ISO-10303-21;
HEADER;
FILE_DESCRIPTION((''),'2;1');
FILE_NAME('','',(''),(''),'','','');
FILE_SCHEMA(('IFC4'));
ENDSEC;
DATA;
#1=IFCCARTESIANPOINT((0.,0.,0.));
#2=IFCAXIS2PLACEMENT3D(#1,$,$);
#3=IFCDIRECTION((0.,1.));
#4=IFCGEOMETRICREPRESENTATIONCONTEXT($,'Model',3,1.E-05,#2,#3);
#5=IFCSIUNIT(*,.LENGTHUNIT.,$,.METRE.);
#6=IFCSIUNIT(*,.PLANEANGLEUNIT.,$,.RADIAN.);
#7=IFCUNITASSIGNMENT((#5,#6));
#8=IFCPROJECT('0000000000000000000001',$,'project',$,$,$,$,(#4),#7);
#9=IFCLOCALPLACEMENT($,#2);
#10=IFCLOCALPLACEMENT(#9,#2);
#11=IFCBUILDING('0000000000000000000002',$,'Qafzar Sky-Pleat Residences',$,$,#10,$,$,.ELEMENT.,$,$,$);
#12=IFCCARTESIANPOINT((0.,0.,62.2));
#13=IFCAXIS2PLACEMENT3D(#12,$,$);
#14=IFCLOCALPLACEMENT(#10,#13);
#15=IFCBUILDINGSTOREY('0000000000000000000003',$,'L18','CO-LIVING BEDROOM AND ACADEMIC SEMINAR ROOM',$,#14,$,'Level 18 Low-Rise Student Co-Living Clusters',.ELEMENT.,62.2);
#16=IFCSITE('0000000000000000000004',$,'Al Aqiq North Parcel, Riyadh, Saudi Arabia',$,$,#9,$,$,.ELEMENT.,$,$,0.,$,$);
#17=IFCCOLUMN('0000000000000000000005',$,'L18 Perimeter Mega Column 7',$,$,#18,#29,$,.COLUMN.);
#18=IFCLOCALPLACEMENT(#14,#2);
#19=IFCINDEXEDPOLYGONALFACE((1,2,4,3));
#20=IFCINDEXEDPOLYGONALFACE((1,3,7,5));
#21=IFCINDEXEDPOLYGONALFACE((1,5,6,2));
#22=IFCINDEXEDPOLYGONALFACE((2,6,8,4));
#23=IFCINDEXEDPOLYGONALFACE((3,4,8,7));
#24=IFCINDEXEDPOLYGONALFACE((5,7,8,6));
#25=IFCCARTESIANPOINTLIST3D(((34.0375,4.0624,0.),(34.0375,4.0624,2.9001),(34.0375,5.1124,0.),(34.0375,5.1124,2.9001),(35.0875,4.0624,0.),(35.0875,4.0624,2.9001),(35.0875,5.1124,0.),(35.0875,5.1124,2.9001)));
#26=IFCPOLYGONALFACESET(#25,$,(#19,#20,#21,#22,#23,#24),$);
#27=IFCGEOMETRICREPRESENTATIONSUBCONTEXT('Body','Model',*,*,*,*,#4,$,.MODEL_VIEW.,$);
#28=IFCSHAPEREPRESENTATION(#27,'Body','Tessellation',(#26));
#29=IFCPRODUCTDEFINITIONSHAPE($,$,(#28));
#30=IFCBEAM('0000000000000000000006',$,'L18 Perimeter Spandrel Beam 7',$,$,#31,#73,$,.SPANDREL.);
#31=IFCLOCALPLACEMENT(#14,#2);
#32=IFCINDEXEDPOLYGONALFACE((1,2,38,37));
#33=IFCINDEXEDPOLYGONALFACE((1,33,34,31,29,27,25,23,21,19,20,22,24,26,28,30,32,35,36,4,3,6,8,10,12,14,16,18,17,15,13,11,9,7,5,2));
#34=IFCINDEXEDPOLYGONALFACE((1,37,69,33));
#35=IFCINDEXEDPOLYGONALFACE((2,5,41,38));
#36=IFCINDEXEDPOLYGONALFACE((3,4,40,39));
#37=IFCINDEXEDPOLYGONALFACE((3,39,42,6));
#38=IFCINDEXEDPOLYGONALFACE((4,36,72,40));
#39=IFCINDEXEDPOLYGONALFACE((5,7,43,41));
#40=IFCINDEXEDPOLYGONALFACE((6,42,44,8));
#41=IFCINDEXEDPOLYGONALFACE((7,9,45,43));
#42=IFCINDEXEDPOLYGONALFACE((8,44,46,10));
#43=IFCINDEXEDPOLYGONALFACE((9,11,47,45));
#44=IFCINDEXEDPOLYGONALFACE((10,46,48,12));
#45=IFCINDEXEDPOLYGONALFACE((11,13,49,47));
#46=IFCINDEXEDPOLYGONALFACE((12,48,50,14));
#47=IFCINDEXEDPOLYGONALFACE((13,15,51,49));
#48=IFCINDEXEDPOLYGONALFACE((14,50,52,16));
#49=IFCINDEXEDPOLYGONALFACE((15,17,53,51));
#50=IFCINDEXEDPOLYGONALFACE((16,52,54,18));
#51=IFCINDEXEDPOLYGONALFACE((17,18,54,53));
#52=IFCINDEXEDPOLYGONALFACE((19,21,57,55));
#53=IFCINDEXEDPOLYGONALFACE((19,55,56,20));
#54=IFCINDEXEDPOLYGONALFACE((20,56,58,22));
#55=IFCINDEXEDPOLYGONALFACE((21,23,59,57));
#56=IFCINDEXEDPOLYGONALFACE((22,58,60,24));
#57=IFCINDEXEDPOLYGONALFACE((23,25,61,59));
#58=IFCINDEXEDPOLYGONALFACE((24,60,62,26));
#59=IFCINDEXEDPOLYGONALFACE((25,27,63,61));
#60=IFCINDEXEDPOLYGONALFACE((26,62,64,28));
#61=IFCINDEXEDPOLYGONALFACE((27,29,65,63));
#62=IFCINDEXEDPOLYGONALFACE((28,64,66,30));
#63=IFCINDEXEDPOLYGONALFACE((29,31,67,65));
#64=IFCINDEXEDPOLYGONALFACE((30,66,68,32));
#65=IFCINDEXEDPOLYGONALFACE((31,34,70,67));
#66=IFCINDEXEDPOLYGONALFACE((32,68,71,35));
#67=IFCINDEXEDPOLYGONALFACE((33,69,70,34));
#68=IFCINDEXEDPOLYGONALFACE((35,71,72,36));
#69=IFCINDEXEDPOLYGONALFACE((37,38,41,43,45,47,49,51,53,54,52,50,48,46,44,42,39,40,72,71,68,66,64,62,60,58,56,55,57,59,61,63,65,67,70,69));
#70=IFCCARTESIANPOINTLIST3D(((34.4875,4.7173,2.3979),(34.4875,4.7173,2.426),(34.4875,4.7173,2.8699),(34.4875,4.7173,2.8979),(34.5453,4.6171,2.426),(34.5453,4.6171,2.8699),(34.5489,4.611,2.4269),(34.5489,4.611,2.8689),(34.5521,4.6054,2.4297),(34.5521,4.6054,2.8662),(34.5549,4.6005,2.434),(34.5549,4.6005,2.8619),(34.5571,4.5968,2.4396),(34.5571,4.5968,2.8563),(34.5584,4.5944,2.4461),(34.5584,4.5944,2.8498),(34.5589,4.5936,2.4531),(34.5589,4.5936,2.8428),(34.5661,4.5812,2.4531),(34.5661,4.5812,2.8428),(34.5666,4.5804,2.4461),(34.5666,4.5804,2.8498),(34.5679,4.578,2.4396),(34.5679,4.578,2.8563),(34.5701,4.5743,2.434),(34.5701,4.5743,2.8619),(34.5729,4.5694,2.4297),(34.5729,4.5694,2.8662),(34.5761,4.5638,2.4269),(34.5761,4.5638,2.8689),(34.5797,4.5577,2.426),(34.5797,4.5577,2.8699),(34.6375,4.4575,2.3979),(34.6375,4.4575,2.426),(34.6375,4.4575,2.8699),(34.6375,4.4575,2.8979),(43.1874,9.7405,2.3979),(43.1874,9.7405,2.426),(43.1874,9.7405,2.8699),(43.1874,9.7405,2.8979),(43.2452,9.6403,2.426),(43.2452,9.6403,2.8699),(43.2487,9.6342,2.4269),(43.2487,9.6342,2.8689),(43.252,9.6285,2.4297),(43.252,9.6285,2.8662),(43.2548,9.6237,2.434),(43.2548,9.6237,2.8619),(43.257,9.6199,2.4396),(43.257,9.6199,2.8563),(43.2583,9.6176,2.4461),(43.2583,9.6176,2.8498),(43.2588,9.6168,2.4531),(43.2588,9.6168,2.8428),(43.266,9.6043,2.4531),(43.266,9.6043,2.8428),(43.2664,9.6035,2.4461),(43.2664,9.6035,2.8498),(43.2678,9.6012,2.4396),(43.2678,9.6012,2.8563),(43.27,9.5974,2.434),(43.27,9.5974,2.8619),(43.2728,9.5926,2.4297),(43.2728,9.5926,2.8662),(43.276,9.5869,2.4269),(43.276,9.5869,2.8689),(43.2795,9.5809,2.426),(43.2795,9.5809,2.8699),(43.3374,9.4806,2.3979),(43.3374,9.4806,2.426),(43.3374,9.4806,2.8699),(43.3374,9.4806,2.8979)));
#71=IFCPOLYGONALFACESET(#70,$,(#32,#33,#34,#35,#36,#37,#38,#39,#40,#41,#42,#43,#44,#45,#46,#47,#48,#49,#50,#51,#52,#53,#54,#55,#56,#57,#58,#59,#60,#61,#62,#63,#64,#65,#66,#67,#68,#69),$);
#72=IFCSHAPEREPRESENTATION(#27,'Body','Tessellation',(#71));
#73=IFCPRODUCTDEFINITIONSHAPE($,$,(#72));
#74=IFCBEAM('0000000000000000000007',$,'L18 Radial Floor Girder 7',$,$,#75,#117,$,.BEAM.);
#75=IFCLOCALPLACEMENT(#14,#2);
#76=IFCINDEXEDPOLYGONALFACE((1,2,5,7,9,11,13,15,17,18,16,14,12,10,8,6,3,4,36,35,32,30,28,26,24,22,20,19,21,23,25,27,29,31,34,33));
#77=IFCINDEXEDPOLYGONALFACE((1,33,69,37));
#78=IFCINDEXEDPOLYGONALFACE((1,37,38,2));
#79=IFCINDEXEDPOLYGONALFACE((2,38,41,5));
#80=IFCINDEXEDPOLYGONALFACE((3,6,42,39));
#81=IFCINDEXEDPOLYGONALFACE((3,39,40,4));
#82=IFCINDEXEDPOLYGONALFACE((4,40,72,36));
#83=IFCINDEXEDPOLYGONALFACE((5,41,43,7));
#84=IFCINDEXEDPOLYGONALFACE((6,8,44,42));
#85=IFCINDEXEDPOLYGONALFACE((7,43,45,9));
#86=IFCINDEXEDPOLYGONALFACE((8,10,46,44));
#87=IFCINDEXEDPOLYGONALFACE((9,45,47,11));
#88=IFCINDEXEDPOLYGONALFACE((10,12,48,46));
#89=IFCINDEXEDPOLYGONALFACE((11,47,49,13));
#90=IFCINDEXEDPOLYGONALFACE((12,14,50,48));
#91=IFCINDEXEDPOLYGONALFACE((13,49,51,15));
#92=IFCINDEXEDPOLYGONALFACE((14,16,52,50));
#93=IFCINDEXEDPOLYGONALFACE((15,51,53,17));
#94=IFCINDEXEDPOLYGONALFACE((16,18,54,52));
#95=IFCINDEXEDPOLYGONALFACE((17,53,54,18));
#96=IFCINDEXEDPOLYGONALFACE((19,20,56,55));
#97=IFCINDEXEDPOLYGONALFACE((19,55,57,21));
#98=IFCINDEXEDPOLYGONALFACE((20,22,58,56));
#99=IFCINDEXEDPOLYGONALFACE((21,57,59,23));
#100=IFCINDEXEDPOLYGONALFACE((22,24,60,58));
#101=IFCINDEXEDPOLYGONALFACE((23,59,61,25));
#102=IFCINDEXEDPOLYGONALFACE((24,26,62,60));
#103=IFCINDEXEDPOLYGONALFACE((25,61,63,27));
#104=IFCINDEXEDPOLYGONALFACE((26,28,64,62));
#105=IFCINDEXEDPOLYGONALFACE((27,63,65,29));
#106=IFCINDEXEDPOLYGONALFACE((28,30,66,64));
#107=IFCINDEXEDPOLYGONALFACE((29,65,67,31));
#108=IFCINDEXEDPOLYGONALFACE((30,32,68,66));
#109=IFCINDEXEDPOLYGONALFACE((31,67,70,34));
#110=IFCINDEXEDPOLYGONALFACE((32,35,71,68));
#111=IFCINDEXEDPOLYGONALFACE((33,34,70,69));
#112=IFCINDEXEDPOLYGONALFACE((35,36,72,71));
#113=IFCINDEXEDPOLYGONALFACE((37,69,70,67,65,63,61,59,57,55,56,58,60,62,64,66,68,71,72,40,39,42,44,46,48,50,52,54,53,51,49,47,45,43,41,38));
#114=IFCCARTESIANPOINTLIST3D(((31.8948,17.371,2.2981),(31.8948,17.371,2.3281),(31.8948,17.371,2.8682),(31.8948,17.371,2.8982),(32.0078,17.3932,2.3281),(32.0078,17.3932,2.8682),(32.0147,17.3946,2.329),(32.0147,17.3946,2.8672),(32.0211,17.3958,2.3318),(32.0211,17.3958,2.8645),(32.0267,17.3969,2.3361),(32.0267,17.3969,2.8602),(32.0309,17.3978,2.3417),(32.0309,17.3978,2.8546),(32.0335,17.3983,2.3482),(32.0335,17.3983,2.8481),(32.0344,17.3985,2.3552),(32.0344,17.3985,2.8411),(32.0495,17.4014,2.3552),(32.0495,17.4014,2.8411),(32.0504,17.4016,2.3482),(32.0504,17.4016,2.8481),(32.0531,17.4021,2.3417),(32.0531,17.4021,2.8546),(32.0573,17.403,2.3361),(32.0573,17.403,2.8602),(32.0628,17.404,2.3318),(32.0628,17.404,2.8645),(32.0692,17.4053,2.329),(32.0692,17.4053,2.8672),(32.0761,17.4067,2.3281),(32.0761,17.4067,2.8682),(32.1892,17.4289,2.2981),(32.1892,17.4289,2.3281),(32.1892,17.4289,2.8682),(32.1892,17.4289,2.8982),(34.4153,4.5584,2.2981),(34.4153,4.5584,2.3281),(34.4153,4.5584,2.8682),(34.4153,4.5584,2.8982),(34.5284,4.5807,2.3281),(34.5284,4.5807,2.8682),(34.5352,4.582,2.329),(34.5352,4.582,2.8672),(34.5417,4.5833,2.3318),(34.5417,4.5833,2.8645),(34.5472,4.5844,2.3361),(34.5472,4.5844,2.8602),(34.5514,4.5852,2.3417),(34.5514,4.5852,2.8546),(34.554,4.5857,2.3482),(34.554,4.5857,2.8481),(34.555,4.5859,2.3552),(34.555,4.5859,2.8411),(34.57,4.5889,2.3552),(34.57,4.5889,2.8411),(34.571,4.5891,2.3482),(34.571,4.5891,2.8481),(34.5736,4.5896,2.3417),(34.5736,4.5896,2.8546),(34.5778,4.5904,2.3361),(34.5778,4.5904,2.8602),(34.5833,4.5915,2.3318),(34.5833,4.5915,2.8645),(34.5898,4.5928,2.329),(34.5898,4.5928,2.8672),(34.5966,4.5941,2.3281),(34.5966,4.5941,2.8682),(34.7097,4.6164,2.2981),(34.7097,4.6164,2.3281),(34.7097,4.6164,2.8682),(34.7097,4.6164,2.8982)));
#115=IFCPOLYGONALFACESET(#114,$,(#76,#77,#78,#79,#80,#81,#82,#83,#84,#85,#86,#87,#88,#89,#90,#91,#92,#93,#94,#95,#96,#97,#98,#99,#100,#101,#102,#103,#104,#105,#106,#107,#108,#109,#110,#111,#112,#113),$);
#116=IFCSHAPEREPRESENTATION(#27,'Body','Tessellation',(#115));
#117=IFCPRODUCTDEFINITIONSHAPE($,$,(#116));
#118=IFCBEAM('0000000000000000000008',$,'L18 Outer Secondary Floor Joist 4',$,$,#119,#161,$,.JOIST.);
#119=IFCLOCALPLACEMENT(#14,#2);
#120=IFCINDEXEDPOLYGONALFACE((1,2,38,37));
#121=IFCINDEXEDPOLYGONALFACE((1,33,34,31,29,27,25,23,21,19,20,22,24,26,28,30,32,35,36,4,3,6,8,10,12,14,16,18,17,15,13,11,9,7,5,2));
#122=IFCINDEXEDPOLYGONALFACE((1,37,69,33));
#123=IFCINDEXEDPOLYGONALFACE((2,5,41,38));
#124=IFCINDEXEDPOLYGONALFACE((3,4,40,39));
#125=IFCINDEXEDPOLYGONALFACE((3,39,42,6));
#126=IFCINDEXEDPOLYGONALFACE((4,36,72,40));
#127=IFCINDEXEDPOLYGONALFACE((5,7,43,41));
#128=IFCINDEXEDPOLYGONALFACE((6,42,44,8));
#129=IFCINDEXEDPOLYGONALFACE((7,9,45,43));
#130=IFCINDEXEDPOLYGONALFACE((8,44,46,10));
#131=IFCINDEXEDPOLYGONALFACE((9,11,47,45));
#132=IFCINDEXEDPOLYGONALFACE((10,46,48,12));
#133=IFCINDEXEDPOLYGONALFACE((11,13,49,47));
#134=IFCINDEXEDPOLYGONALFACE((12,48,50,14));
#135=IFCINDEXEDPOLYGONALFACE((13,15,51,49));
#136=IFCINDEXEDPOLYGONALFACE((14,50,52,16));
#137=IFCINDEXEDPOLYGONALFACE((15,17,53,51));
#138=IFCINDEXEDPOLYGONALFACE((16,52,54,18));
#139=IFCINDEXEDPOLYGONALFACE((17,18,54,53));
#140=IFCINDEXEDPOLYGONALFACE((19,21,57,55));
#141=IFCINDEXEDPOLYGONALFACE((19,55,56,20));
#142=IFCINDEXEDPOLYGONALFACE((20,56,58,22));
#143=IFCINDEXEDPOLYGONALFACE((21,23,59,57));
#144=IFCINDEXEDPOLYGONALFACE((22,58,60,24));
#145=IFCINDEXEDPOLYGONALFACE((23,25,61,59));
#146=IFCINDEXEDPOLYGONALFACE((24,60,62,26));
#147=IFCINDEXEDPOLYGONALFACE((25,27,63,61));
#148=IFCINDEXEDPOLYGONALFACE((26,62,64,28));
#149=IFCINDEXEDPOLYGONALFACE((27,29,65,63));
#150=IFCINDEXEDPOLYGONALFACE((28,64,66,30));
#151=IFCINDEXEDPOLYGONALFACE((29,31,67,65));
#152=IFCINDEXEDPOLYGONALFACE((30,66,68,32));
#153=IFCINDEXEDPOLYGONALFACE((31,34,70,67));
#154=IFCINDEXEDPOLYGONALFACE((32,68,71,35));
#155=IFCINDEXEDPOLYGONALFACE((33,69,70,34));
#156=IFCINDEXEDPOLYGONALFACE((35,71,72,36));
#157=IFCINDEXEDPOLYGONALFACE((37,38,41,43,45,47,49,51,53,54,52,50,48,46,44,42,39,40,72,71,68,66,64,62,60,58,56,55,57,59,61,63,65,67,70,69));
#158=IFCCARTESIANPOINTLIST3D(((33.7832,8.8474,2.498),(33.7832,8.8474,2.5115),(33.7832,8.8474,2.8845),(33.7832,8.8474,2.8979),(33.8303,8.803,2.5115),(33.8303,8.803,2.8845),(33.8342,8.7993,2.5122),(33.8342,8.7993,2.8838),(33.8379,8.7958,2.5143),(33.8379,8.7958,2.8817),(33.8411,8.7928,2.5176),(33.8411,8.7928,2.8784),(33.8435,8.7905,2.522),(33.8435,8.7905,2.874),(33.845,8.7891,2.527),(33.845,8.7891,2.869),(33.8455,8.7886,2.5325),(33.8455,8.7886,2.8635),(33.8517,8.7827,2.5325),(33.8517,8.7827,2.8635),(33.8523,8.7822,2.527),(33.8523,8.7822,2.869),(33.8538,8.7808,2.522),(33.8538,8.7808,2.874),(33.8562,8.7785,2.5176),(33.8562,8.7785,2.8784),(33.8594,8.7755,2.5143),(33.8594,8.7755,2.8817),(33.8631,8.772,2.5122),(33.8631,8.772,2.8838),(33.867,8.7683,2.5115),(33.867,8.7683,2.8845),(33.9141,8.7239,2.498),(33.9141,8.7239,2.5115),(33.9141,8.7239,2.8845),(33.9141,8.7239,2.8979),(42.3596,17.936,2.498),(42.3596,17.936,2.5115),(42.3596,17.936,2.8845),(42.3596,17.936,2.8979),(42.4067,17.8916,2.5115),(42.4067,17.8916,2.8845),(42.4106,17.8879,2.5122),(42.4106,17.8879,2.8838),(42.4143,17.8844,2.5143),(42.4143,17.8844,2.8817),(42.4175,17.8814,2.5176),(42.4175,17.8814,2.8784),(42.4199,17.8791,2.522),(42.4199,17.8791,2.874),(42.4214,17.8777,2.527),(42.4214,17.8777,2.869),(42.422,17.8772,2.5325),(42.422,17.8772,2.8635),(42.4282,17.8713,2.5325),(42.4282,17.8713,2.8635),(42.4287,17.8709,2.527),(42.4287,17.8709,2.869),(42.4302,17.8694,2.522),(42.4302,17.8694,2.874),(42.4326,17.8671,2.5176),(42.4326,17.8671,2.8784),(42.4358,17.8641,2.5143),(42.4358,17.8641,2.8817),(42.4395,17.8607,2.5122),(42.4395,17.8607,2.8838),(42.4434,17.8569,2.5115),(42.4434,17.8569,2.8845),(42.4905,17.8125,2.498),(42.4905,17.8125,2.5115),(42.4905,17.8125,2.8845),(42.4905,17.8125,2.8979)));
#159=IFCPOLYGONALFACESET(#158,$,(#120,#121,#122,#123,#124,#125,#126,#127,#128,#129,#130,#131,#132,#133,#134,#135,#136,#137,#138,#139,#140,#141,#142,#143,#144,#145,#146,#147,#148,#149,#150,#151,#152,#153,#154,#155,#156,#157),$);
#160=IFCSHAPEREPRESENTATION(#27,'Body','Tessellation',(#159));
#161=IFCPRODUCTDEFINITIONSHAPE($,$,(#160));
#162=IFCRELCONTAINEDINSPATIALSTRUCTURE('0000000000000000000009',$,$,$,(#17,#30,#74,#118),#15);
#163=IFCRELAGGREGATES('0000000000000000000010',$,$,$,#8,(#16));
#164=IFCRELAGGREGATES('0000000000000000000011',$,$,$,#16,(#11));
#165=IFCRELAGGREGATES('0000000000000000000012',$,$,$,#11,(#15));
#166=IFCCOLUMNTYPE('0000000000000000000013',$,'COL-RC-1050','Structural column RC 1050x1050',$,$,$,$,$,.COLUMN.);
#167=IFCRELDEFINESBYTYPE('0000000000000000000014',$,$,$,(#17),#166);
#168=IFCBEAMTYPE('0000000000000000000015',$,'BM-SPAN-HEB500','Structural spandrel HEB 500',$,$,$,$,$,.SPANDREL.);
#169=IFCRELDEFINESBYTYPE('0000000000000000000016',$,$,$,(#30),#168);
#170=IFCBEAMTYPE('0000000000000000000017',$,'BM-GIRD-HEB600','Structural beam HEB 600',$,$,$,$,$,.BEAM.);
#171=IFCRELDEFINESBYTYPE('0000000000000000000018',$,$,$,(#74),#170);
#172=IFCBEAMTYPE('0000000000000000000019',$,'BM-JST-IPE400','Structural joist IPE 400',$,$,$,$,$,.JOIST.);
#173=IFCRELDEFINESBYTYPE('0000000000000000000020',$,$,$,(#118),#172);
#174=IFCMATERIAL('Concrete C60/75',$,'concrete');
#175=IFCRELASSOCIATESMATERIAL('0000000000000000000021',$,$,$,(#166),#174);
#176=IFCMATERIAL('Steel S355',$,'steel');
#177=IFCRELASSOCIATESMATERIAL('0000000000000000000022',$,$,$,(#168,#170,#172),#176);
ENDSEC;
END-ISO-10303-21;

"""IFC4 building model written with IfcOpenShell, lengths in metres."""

from ifc_helpers import new_model, si_unit, direction, frame, origin, origin_2d, place, context, subcontext, project, spatial, rectangle, i_section, extrude, source, transform, mapped, material, material_profile, profile_set, type_object, element, save


model = new_model("IFC4")

# Units and contexts
model_context = context("Model", 3, precision=1e-05, world=origin(), true_north=direction((0.0, 1.0)))
body_context = subcontext(model_context, "Body", "Model", "MODEL_VIEW")
ifc_project = project(units=[si_unit("LENGTHUNIT", "METRE"), si_unit("PLANEANGLEUNIT", "RADIAN")], contexts=[model_context])

# Site, building, storey
site_placement = place(None, origin())
site = spatial("IfcSite", under=ifc_project, at=site_placement, Name="Al Aqiq North Parcel, Riyadh, Saudi Arabia", CompositionType="ELEMENT", RefElevation=0.0)
building_placement = place(site_placement, origin())
building = spatial("IfcBuilding", under=site, at=building_placement, Name="Qafzar Sky-Pleat Residences", CompositionType="ELEMENT")
storey_placement = place(building_placement, frame((0.0, 0.0, 62.2)))
storey = spatial("IfcBuildingStorey", under=building, at=storey_placement, Name="L18", Description="CO-LIVING BEDROOM AND ACADEMIC SEMINAR ROOM", LongName="Level 18 Low-Rise Student Co-Living Clusters", CompositionType="ELEMENT", Elevation=62.2)

# Column
ifc_material_1 = material(Name="Concrete C60/75", Category="concrete")
ifc_material_profile_1 = material_profile(ifc_material_1, rectangle(XDim=1.05, YDim=1.05, at=origin_2d()), Name="RC 1050x1050")
ifc_profile_set_1 = profile_set([ifc_material_profile_1], Name="Concrete C60/75")
column_type = type_object("IfcColumnType", Name="COL-RC-1050", Description="Structural column RC 1050x1050", PredefinedType="COLUMN", material=ifc_profile_set_1)
shared_shape_1 = source(origin(), body_context, "Body", "SweptSolid", [
    extrude(rectangle(XDim=1.05, YDim=1.05, at=origin_2d()), origin(), (0.0, 0.0, 1.0), 2.9001),
])
column_placement = place(storey_placement, frame((34.5625, 4.5874, 0.0), z_axis=(0.0, 0.0, 1.0), x_axis=(1.0, 0.0, 0.0)))
element("IfcColumn", 1, at=column_placement, inside=storey, type_object=column_type, Name="L18 Perimeter Mega Column 7", PredefinedType="COLUMN", context=body_context, shape_type="MappedRepresentation", body=[
    mapped(shared_shape_1, transform((0.0, 0.0, 0.0), x_axis=(1.0, 0.0, 0.0), y_axis=(0.0, 1.0, 0.0), z_axis=(0.0, 0.0, 1.0), scale=1.0)),
])

# Beams
ifc_material_2 = material(Name="Steel S355", Category="steel")
ifc_material_profile_2 = material_profile(ifc_material_2, i_section(OverallWidth=0.3, OverallDepth=0.5, WebThickness=0.0144, FlangeThickness=0.0281, FilletRadius=0.0271, at=origin_2d()), Name="HEB 500")
ifc_profile_set_2 = profile_set([ifc_material_profile_2], Name="Steel S355")
beam_type_1 = type_object("IfcBeamType", Name="BM-SPAN-HEB500", Description="Structural spandrel HEB 500", PredefinedType="SPANDREL", material=ifc_profile_set_2)
shared_shape_2 = source(origin(), body_context, "Body", "SweptSolid", [
    extrude(i_section(OverallWidth=0.3, OverallDepth=0.5, WebThickness=0.0144, FlangeThickness=0.0281, FilletRadius=0.0271, at=origin_2d()), origin(), (0.0, 0.0, 1.0), 10.0459),
])
beam_1_placement = place(storey_placement, frame((34.5625, 4.5874, 2.6479), z_axis=(0.866014, 0.50002, 0.0), x_axis=(-0.50002, 0.866014, 0.0)))
element("IfcBeam", 2, at=beam_1_placement, inside=storey, type_object=beam_type_1, Name="L18 Perimeter Spandrel Beam 7", PredefinedType="SPANDREL", context=body_context, shape_type="MappedRepresentation", body=[
    mapped(shared_shape_2, transform((0.0, 0.0, 0.0), x_axis=(1.0, 0.0, 0.0), y_axis=(0.0, 1.0, 0.0), z_axis=(0.0, 0.0, 1.0), scale=1.0)),
])
ifc_material_profile_3 = material_profile(ifc_material_2, i_section(OverallWidth=0.3, OverallDepth=0.6001, WebThickness=0.0154, FlangeThickness=0.03, FilletRadius=0.0271, at=origin_2d()), Name="HEB 600")
ifc_profile_set_3 = profile_set([ifc_material_profile_3], Name="Steel S355")
beam_type_2 = type_object("IfcBeamType", Name="BM-GIRD-HEB600", Description="Structural beam HEB 600", PredefinedType="BEAM", material=ifc_profile_set_3)
shared_shape_3 = source(origin(), body_context, "Body", "SweptSolid", [
    extrude(i_section(OverallWidth=0.3, OverallDepth=0.6001, WebThickness=0.0154, FlangeThickness=0.03, FilletRadius=0.0271, at=origin_2d()), origin(), (0.0, 0.0, 1.0), 13.0581),
])
beam_2_placement = place(storey_placement, frame((34.5625, 4.5874, 2.5981), z_axis=(-0.193023, 0.981194, 0.0), x_axis=(-0.981194, -0.193023, 0.0)))
element("IfcBeam", 3, at=beam_2_placement, inside=storey, type_object=beam_type_2, Name="L18 Radial Floor Girder 7", PredefinedType="BEAM", context=body_context, shape_type="MappedRepresentation", body=[
    mapped(shared_shape_3, transform((0.0, 0.0, 0.0), x_axis=(1.0, 0.0, 0.0), y_axis=(0.0, 1.0, 0.0), z_axis=(0.0, 0.0, 1.0), scale=1.0)),
])
ifc_material_profile_4 = material_profile(ifc_material_2, i_section(OverallWidth=0.1799, OverallDepth=0.3999, WebThickness=0.0085, FlangeThickness=0.0134, FilletRadius=0.021, at=origin_2d()), Name="IPE 400")
ifc_profile_set_4 = profile_set([ifc_material_profile_4], Name="Steel S355")
beam_type_3 = type_object("IfcBeamType", Name="BM-JST-IPE400", Description="Structural joist IPE 400", PredefinedType="JOIST", material=ifc_profile_set_4)
shared_shape_4 = source(origin(), body_context, "Body", "SweptSolid", [
    extrude(i_section(OverallWidth=0.1799, OverallDepth=0.3999, WebThickness=0.0085, FlangeThickness=0.0134, FilletRadius=0.021, at=origin_2d()), origin(), (0.0, 0.0, 1.0), 12.4963),
])
beam_3_placement = place(storey_placement, frame((33.8486, 8.7856, 2.698), z_axis=(0.686315, 0.727304, 0.0), x_axis=(-0.727304, 0.686315, 0.0)))
element("IfcBeam", 4, at=beam_3_placement, inside=storey, type_object=beam_type_3, Name="L18 Outer Secondary Floor Joist 4", PredefinedType="JOIST", context=body_context, shape_type="MappedRepresentation", body=[
    mapped(shared_shape_4, transform((0.0, 0.0, 0.0), x_axis=(1.0, 0.0, 0.0), y_axis=(0.0, 1.0, 0.0), z_axis=(0.0, 0.0, 1.0), scale=1.0)),
])

save(model, "model.ifc")
